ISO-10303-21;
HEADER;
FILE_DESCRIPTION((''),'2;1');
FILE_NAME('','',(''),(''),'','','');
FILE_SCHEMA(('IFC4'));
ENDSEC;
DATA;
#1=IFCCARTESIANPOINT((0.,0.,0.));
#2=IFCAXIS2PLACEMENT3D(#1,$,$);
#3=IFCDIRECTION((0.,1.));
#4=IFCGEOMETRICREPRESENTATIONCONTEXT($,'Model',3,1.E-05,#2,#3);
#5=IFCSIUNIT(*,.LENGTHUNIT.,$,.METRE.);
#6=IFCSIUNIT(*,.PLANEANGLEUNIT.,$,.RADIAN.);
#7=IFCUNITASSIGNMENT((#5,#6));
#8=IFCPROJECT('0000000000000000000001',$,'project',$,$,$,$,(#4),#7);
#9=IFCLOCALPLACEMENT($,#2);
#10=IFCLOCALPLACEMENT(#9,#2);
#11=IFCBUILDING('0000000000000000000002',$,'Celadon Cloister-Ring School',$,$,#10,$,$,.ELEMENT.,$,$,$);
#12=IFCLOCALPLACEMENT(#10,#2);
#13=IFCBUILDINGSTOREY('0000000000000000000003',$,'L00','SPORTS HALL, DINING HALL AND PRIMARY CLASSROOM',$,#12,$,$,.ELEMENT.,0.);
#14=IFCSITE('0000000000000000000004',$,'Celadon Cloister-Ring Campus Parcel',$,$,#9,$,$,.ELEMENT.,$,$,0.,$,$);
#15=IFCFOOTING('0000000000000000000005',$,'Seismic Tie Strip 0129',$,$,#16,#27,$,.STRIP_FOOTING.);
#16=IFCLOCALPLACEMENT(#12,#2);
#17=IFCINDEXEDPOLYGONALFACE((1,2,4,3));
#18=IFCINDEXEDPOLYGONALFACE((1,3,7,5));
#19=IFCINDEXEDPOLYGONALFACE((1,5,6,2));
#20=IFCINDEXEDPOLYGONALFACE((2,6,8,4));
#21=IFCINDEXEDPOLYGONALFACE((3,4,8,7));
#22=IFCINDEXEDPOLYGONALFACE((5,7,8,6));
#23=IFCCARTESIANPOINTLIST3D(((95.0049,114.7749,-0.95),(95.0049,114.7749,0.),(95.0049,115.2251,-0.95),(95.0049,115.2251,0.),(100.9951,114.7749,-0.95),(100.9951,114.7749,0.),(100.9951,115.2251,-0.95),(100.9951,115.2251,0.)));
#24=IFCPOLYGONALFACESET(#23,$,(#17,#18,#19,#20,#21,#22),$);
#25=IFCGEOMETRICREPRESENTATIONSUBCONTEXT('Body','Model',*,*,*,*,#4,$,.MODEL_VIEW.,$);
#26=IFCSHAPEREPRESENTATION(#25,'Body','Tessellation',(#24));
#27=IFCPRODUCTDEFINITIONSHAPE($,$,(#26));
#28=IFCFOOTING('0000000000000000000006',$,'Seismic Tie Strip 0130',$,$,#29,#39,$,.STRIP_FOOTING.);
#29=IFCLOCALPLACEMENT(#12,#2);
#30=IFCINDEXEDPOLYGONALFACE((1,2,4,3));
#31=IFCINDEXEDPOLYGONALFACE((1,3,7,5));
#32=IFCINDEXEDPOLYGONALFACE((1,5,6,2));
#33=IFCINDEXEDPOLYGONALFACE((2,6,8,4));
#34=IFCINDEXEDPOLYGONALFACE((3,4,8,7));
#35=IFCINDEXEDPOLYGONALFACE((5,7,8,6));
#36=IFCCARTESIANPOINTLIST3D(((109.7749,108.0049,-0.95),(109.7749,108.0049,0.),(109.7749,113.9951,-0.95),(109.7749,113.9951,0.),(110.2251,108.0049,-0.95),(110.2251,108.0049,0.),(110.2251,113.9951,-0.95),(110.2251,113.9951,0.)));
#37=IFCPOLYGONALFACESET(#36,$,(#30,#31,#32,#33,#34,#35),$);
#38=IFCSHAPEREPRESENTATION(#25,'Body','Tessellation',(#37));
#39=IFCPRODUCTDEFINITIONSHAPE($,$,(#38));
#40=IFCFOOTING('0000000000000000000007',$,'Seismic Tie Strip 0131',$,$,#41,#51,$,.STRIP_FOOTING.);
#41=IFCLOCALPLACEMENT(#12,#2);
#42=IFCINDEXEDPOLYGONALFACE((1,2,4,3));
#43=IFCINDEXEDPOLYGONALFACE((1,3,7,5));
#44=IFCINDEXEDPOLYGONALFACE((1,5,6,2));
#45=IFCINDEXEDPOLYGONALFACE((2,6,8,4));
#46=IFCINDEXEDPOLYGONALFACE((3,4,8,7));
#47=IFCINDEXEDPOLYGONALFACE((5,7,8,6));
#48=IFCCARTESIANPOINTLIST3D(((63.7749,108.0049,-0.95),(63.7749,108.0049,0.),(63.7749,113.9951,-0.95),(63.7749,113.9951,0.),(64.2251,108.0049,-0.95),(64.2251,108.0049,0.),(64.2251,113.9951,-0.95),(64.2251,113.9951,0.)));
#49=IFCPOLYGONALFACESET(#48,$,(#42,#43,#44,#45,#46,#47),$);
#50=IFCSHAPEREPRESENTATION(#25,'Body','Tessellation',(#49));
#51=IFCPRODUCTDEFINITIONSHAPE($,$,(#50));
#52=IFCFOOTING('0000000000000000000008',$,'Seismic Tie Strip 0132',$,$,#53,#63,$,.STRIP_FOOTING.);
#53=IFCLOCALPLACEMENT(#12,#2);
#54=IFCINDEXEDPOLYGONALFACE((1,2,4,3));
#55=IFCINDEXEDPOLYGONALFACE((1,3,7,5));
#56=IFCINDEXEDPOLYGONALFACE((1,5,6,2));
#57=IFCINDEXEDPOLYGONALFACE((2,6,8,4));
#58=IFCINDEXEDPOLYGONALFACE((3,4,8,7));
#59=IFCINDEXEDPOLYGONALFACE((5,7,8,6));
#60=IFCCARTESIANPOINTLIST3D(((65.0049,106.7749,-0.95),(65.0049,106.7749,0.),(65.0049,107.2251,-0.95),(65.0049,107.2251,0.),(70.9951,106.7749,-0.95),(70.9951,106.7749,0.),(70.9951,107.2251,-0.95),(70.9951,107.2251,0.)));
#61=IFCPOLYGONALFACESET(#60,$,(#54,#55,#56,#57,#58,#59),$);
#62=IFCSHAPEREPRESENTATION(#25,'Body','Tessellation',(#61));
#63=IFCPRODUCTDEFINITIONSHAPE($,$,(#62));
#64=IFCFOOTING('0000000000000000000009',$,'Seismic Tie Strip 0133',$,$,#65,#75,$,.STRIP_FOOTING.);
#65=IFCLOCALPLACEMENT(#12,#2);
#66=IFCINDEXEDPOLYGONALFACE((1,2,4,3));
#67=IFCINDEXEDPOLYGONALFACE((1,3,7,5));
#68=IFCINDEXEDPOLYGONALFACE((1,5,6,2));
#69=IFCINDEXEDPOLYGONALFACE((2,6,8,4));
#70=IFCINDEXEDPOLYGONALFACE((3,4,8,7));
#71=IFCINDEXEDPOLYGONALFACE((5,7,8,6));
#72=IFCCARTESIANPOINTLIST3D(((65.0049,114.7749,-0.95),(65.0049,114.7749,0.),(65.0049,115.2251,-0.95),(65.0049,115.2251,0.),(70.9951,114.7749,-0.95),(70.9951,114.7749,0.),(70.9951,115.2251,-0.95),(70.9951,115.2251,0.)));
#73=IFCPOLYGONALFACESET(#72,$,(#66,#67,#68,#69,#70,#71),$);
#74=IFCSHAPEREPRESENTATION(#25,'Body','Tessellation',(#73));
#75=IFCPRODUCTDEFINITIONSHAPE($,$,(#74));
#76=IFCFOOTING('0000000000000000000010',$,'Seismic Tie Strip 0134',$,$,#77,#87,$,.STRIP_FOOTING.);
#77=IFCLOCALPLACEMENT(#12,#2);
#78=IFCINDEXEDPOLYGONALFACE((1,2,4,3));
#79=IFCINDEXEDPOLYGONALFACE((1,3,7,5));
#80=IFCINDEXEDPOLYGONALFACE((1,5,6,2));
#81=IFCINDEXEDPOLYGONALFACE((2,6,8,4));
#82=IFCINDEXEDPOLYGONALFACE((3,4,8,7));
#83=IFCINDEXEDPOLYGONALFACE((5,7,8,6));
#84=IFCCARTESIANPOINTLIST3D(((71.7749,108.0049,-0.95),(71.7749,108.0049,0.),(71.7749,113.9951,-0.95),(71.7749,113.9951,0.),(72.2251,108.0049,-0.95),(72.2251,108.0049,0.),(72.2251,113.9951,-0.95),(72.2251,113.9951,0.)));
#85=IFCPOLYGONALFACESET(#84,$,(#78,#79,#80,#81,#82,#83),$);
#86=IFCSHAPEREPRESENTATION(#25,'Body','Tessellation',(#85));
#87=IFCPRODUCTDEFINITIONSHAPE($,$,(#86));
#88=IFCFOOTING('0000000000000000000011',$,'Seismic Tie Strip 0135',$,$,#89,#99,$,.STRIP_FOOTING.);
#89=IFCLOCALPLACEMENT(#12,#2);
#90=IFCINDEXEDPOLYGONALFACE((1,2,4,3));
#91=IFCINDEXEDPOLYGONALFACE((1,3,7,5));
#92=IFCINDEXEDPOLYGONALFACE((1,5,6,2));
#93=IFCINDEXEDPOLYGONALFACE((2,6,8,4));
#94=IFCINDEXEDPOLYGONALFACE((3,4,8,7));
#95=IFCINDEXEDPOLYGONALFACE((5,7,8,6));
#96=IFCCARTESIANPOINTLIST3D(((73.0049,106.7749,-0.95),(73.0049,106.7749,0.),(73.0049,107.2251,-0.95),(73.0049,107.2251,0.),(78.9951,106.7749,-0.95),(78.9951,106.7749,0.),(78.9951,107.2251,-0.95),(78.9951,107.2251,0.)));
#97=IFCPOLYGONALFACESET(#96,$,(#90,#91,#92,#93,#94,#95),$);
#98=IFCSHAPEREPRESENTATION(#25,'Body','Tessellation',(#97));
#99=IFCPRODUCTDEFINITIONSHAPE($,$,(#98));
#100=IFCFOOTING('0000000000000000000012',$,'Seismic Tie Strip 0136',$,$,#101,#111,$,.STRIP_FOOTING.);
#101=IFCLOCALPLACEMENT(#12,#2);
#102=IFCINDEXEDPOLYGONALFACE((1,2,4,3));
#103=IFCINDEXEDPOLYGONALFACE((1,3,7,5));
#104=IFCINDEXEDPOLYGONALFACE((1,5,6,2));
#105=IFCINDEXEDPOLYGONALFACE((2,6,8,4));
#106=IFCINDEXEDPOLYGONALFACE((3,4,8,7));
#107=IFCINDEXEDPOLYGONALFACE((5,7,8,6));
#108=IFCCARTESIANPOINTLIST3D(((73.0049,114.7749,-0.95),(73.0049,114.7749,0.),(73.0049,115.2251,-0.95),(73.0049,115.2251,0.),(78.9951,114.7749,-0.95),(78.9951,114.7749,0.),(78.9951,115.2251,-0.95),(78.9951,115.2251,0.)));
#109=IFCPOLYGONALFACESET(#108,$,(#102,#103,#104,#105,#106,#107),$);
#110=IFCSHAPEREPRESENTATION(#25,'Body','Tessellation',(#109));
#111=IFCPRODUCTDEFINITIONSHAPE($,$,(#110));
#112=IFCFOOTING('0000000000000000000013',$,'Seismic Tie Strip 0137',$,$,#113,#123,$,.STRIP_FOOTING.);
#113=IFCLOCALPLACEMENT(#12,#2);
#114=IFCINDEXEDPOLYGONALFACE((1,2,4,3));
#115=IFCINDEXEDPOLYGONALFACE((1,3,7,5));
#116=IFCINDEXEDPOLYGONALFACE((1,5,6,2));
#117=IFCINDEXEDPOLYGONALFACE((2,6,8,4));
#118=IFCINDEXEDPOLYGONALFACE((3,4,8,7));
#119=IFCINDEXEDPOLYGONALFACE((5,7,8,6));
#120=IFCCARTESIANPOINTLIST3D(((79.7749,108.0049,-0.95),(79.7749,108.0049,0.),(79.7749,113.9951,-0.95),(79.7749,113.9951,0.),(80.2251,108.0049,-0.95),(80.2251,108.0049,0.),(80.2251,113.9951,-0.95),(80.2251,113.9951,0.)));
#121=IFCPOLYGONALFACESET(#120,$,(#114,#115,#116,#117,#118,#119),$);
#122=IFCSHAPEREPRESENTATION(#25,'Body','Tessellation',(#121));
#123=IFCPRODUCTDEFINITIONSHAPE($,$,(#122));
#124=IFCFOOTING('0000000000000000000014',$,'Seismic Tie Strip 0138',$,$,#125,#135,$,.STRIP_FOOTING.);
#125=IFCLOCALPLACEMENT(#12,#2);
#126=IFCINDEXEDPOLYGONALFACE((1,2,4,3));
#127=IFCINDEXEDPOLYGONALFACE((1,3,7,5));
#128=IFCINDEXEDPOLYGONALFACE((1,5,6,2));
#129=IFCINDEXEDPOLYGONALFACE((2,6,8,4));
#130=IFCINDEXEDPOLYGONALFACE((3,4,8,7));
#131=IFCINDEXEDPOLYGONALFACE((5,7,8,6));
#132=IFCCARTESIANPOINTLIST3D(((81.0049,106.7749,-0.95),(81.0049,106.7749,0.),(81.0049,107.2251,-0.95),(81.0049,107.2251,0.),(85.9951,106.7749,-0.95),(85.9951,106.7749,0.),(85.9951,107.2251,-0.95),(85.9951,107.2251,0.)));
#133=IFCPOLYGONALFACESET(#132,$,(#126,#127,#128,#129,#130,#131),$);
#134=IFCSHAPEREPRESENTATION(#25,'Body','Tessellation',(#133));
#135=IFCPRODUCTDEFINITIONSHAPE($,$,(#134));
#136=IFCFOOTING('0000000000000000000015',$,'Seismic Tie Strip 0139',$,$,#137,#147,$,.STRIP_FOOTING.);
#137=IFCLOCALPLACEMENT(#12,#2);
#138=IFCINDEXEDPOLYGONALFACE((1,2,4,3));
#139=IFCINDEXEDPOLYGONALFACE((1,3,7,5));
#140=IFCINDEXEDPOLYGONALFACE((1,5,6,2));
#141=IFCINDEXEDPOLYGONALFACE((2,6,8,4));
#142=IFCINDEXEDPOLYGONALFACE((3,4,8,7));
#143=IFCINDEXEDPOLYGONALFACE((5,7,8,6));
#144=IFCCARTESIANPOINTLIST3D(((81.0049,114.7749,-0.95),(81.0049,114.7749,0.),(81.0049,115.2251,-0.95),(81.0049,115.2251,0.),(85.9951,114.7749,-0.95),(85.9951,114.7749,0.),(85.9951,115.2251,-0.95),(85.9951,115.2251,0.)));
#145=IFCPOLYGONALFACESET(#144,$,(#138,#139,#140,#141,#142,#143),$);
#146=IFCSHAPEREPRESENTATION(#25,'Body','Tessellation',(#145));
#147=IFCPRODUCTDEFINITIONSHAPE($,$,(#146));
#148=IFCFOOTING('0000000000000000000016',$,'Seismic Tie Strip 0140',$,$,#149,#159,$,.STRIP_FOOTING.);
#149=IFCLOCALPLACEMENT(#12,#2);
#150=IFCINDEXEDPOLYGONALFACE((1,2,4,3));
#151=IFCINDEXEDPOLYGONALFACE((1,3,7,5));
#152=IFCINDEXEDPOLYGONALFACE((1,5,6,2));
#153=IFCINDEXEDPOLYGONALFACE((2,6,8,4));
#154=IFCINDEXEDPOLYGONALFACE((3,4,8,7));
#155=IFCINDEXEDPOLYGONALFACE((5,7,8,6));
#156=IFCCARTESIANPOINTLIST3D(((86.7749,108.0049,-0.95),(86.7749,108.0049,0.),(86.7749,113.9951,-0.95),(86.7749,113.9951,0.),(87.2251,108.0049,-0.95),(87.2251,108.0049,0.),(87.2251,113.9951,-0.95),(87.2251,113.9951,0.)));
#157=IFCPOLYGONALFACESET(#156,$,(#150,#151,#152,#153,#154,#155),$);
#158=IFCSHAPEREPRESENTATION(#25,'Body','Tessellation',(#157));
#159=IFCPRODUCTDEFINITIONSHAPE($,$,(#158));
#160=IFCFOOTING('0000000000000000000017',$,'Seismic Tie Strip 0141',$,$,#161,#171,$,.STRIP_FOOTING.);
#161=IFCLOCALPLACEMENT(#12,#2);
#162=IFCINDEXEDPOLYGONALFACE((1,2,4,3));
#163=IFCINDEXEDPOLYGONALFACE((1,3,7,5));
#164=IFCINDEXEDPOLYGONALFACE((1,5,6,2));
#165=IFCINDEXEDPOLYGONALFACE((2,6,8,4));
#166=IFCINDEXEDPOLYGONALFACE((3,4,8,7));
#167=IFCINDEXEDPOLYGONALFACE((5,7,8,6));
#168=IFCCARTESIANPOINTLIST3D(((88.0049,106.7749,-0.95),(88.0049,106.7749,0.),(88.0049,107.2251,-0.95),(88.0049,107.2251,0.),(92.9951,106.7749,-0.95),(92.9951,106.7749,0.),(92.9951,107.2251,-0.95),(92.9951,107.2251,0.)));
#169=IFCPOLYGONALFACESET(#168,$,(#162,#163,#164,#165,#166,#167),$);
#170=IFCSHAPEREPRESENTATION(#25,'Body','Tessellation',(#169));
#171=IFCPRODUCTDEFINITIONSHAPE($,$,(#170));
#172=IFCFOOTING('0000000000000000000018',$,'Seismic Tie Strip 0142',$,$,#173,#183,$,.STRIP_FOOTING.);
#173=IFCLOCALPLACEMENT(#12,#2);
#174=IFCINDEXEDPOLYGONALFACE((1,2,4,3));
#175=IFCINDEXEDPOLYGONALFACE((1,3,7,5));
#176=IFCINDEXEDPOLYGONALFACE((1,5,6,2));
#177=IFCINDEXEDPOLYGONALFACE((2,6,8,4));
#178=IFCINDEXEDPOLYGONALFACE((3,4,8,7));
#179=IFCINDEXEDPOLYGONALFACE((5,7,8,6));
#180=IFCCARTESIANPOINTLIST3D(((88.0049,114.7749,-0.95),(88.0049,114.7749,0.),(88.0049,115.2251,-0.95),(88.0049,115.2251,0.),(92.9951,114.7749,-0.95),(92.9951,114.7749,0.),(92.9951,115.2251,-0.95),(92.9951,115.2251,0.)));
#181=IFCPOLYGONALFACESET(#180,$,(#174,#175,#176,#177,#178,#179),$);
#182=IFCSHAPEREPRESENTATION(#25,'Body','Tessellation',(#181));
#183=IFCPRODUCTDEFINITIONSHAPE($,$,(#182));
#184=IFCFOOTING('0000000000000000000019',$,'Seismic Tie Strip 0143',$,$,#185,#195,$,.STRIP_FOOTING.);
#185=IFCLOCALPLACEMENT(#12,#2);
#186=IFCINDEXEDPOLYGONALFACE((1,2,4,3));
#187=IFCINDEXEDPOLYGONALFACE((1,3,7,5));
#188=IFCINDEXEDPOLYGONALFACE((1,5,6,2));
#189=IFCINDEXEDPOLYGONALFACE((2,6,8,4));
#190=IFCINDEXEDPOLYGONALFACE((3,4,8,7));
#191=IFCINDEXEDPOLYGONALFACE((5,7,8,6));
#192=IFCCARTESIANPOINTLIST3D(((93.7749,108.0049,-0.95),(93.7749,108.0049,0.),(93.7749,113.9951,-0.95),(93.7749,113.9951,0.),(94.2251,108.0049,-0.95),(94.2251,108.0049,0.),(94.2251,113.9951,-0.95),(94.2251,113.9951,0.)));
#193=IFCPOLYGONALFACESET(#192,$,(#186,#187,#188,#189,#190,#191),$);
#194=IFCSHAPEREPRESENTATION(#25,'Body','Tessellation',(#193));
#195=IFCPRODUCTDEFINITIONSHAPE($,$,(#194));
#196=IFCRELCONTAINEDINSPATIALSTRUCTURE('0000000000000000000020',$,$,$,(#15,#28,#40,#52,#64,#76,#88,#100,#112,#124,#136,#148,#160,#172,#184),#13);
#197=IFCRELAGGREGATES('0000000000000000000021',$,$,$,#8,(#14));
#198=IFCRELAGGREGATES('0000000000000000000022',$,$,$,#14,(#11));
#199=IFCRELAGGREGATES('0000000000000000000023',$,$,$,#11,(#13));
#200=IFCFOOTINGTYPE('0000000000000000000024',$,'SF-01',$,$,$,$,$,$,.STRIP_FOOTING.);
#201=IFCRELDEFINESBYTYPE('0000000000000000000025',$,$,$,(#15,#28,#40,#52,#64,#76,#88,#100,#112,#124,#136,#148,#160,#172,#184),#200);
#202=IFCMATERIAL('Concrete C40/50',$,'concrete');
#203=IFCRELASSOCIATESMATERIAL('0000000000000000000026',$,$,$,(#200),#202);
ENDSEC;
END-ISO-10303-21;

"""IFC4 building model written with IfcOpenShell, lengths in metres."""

from ifc_helpers import new_model, si_unit, direction, frame, origin, place, context, subcontext, project, spatial, polyline, outline, extrude, material, type_object, element, save


model = new_model("IFC4")

# Units and contexts
model_context = context("Model", 3, precision=1e-05, world=origin(), true_north=direction((0.0, 1.0)))
body_context = subcontext(model_context, "Body", "Model", "MODEL_VIEW")
ifc_project = project(units=[si_unit("LENGTHUNIT", "METRE"), si_unit("PLANEANGLEUNIT", "RADIAN")], contexts=[model_context])

# Site, building, storey
site_placement = place(None, origin())
site = spatial("IfcSite", under=ifc_project, at=site_placement, Name="Celadon Cloister-Ring Campus Parcel", CompositionType="ELEMENT", RefElevation=0.0)
building_placement = place(site_placement, origin())
building = spatial("IfcBuilding", under=site, at=building_placement, Name="Celadon Cloister-Ring School", CompositionType="ELEMENT")
storey_placement = place(building_placement, origin())
storey = spatial("IfcBuildingStorey", under=building, at=storey_placement, Name="L00", Description="SPORTS HALL, DINING HALL AND PRIMARY CLASSROOM", CompositionType="ELEMENT", Elevation=0.0)

# Footings
ifc_material_1 = material(Name="Concrete C40/50", Category="concrete")
footing_type_1 = type_object("IfcFootingType", Name="SF-01", PredefinedType="STRIP_FOOTING", material=ifc_material_1)
footing_1_placement = place(storey_placement, frame((0.0, 0.0, -0.95)))
element("IfcFooting", 1, at=footing_1_placement, inside=storey, type_object=footing_type_1, Name="Seismic Tie Strip 0129", PredefinedType="STRIP_FOOTING", context=body_context, shape_type="SweptSolid", body=[
    extrude(outline(polyline([(100.9951, 115.2251), (95.0049, 115.2251), (95.0049, 114.7749), (100.9951, 114.7749), (100.9951, 115.2251)])), origin(), (0.0, 0.0, 1.0), 0.95),
])
footing_2_placement = place(storey_placement, frame((0.0, 0.0, -0.95)))
element("IfcFooting", 2, at=footing_2_placement, inside=storey, type_object=footing_type_1, Name="Seismic Tie Strip 0130", PredefinedType="STRIP_FOOTING", context=body_context, shape_type="SweptSolid", body=[
    extrude(outline(polyline([(110.2251, 108.0049), (110.2251, 113.9951), (109.7749, 113.9951), (109.7749, 108.0049), (110.2251, 108.0049)])), origin(), (0.0, 0.0, 1.0), 0.95),
])
footing_3_placement = place(storey_placement, frame((0.0, 0.0, -0.95)))
element("IfcFooting", 3, at=footing_3_placement, inside=storey, type_object=footing_type_1, Name="Seismic Tie Strip 0131", PredefinedType="STRIP_FOOTING", context=body_context, shape_type="SweptSolid", body=[
    extrude(outline(polyline([(64.2251, 108.0049), (64.2251, 113.9951), (63.7749, 113.9951), (63.7749, 108.0049), (64.2251, 108.0049)])), origin(), (0.0, 0.0, 1.0), 0.95),
])
footing_4_placement = place(storey_placement, frame((0.0, 0.0, -0.95)))
element("IfcFooting", 4, at=footing_4_placement, inside=storey, type_object=footing_type_1, Name="Seismic Tie Strip 0132", PredefinedType="STRIP_FOOTING", context=body_context, shape_type="SweptSolid", body=[
    extrude(outline(polyline([(65.0049, 106.7749), (70.9951, 106.7749), (70.9951, 107.2251), (65.0049, 107.2251), (65.0049, 106.7749)])), origin(), (0.0, 0.0, 1.0), 0.95),
])
footing_5_placement = place(storey_placement, frame((0.0, 0.0, -0.95)))
element("IfcFooting", 5, at=footing_5_placement, inside=storey, type_object=footing_type_1, Name="Seismic Tie Strip 0133", PredefinedType="STRIP_FOOTING", context=body_context, shape_type="SweptSolid", body=[
    extrude(outline(polyline([(65.0049, 114.7749), (70.9951, 114.7749), (70.9951, 115.2251), (65.0049, 115.2251), (65.0049, 114.7749)])), origin(), (0.0, 0.0, 1.0), 0.95),
])
footing_6_placement = place(storey_placement, frame((0.0, 0.0, -0.95)))
element("IfcFooting", 6, at=footing_6_placement, inside=storey, type_object=footing_type_1, Name="Seismic Tie Strip 0134", PredefinedType="STRIP_FOOTING", context=body_context, shape_type="SweptSolid", body=[
    extrude(outline(polyline([(72.2251, 108.0049), (72.2251, 113.9951), (71.7749, 113.9951), (71.7749, 108.0049), (72.2251, 108.0049)])), origin(), (0.0, 0.0, 1.0), 0.95),
])
footing_7_placement = place(storey_placement, frame((0.0, 0.0, -0.95)))
element("IfcFooting", 7, at=footing_7_placement, inside=storey, type_object=footing_type_1, Name="Seismic Tie Strip 0135", PredefinedType="STRIP_FOOTING", context=body_context, shape_type="SweptSolid", body=[
    extrude(outline(polyline([(73.0049, 106.7749), (78.9951, 106.7749), (78.9951, 107.2251), (73.0049, 107.2251), (73.0049, 106.7749)])), origin(), (0.0, 0.0, 1.0), 0.95),
])
footing_8_placement = place(storey_placement, frame((0.0, 0.0, -0.95)))
element("IfcFooting", 8, at=footing_8_placement, inside=storey, type_object=footing_type_1, Name="Seismic Tie Strip 0136", PredefinedType="STRIP_FOOTING", context=body_context, shape_type="SweptSolid", body=[
    extrude(outline(polyline([(73.0049, 114.7749), (78.9951, 114.7749), (78.9951, 115.2251), (73.0049, 115.2251), (73.0049, 114.7749)])), origin(), (0.0, 0.0, 1.0), 0.95),
])
footing_9_placement = place(storey_placement, frame((0.0, 0.0, -0.95)))
element("IfcFooting", 9, at=footing_9_placement, inside=storey, type_object=footing_type_1, Name="Seismic Tie Strip 0137", PredefinedType="STRIP_FOOTING", context=body_context, shape_type="SweptSolid", body=[
    extrude(outline(polyline([(80.2251, 108.0049), (80.2251, 113.9951), (79.7749, 113.9951), (79.7749, 108.0049), (80.2251, 108.0049)])), origin(), (0.0, 0.0, 1.0), 0.95),
])
footing_10_placement = place(storey_placement, frame((0.0, 0.0, -0.95)))
element("IfcFooting", 10, at=footing_10_placement, inside=storey, type_object=footing_type_1, Name="Seismic Tie Strip 0138", PredefinedType="STRIP_FOOTING", context=body_context, shape_type="SweptSolid", body=[
    extrude(outline(polyline([(81.0049, 106.7749), (85.9951, 106.7749), (85.9951, 107.2251), (81.0049, 107.2251), (81.0049, 106.7749)])), origin(), (0.0, 0.0, 1.0), 0.95),
])
footing_11_placement = place(storey_placement, frame((0.0, 0.0, -0.95)))
element("IfcFooting", 11, at=footing_11_placement, inside=storey, type_object=footing_type_1, Name="Seismic Tie Strip 0139", PredefinedType="STRIP_FOOTING", context=body_context, shape_type="SweptSolid", body=[
    extrude(outline(polyline([(81.0049, 114.7749), (85.9951, 114.7749), (85.9951, 115.2251), (81.0049, 115.2251), (81.0049, 114.7749)])), origin(), (0.0, 0.0, 1.0), 0.95),
])
footing_12_placement = place(storey_placement, frame((0.0, 0.0, -0.95)))
element("IfcFooting", 12, at=footing_12_placement, inside=storey, type_object=footing_type_1, Name="Seismic Tie Strip 0140", PredefinedType="STRIP_FOOTING", context=body_context, shape_type="SweptSolid", body=[
    extrude(outline(polyline([(87.2251, 108.0049), (87.2251, 113.9951), (86.7749, 113.9951), (86.7749, 108.0049), (87.2251, 108.0049)])), origin(), (0.0, 0.0, 1.0), 0.95),
])
footing_13_placement = place(storey_placement, frame((0.0, 0.0, -0.95)))
element("IfcFooting", 13, at=footing_13_placement, inside=storey, type_object=footing_type_1, Name="Seismic Tie Strip 0141", PredefinedType="STRIP_FOOTING", context=body_context, shape_type="SweptSolid", body=[
    extrude(outline(polyline([(88.0049, 106.7749), (92.9951, 106.7749), (92.9951, 107.2251), (88.0049, 107.2251), (88.0049, 106.7749)])), origin(), (0.0, 0.0, 1.0), 0.95),
])
footing_14_placement = place(storey_placement, frame((0.0, 0.0, -0.95)))
element("IfcFooting", 14, at=footing_14_placement, inside=storey, type_object=footing_type_1, Name="Seismic Tie Strip 0142", PredefinedType="STRIP_FOOTING", context=body_context, shape_type="SweptSolid", body=[
    extrude(outline(polyline([(88.0049, 114.7749), (92.9951, 114.7749), (92.9951, 115.2251), (88.0049, 115.2251), (88.0049, 114.7749)])), origin(), (0.0, 0.0, 1.0), 0.95),
])
footing_15_placement = place(storey_placement, frame((0.0, 0.0, -0.95)))
element("IfcFooting", 15, at=footing_15_placement, inside=storey, type_object=footing_type_1, Name="Seismic Tie Strip 0143", PredefinedType="STRIP_FOOTING", context=body_context, shape_type="SweptSolid", body=[
    extrude(outline(polyline([(94.2251, 108.0049), (94.2251, 113.9951), (93.7749, 113.9951), (93.7749, 108.0049), (94.2251, 108.0049)])), origin(), (0.0, 0.0, 1.0), 0.95),
])

save(model, "model.ifc")
